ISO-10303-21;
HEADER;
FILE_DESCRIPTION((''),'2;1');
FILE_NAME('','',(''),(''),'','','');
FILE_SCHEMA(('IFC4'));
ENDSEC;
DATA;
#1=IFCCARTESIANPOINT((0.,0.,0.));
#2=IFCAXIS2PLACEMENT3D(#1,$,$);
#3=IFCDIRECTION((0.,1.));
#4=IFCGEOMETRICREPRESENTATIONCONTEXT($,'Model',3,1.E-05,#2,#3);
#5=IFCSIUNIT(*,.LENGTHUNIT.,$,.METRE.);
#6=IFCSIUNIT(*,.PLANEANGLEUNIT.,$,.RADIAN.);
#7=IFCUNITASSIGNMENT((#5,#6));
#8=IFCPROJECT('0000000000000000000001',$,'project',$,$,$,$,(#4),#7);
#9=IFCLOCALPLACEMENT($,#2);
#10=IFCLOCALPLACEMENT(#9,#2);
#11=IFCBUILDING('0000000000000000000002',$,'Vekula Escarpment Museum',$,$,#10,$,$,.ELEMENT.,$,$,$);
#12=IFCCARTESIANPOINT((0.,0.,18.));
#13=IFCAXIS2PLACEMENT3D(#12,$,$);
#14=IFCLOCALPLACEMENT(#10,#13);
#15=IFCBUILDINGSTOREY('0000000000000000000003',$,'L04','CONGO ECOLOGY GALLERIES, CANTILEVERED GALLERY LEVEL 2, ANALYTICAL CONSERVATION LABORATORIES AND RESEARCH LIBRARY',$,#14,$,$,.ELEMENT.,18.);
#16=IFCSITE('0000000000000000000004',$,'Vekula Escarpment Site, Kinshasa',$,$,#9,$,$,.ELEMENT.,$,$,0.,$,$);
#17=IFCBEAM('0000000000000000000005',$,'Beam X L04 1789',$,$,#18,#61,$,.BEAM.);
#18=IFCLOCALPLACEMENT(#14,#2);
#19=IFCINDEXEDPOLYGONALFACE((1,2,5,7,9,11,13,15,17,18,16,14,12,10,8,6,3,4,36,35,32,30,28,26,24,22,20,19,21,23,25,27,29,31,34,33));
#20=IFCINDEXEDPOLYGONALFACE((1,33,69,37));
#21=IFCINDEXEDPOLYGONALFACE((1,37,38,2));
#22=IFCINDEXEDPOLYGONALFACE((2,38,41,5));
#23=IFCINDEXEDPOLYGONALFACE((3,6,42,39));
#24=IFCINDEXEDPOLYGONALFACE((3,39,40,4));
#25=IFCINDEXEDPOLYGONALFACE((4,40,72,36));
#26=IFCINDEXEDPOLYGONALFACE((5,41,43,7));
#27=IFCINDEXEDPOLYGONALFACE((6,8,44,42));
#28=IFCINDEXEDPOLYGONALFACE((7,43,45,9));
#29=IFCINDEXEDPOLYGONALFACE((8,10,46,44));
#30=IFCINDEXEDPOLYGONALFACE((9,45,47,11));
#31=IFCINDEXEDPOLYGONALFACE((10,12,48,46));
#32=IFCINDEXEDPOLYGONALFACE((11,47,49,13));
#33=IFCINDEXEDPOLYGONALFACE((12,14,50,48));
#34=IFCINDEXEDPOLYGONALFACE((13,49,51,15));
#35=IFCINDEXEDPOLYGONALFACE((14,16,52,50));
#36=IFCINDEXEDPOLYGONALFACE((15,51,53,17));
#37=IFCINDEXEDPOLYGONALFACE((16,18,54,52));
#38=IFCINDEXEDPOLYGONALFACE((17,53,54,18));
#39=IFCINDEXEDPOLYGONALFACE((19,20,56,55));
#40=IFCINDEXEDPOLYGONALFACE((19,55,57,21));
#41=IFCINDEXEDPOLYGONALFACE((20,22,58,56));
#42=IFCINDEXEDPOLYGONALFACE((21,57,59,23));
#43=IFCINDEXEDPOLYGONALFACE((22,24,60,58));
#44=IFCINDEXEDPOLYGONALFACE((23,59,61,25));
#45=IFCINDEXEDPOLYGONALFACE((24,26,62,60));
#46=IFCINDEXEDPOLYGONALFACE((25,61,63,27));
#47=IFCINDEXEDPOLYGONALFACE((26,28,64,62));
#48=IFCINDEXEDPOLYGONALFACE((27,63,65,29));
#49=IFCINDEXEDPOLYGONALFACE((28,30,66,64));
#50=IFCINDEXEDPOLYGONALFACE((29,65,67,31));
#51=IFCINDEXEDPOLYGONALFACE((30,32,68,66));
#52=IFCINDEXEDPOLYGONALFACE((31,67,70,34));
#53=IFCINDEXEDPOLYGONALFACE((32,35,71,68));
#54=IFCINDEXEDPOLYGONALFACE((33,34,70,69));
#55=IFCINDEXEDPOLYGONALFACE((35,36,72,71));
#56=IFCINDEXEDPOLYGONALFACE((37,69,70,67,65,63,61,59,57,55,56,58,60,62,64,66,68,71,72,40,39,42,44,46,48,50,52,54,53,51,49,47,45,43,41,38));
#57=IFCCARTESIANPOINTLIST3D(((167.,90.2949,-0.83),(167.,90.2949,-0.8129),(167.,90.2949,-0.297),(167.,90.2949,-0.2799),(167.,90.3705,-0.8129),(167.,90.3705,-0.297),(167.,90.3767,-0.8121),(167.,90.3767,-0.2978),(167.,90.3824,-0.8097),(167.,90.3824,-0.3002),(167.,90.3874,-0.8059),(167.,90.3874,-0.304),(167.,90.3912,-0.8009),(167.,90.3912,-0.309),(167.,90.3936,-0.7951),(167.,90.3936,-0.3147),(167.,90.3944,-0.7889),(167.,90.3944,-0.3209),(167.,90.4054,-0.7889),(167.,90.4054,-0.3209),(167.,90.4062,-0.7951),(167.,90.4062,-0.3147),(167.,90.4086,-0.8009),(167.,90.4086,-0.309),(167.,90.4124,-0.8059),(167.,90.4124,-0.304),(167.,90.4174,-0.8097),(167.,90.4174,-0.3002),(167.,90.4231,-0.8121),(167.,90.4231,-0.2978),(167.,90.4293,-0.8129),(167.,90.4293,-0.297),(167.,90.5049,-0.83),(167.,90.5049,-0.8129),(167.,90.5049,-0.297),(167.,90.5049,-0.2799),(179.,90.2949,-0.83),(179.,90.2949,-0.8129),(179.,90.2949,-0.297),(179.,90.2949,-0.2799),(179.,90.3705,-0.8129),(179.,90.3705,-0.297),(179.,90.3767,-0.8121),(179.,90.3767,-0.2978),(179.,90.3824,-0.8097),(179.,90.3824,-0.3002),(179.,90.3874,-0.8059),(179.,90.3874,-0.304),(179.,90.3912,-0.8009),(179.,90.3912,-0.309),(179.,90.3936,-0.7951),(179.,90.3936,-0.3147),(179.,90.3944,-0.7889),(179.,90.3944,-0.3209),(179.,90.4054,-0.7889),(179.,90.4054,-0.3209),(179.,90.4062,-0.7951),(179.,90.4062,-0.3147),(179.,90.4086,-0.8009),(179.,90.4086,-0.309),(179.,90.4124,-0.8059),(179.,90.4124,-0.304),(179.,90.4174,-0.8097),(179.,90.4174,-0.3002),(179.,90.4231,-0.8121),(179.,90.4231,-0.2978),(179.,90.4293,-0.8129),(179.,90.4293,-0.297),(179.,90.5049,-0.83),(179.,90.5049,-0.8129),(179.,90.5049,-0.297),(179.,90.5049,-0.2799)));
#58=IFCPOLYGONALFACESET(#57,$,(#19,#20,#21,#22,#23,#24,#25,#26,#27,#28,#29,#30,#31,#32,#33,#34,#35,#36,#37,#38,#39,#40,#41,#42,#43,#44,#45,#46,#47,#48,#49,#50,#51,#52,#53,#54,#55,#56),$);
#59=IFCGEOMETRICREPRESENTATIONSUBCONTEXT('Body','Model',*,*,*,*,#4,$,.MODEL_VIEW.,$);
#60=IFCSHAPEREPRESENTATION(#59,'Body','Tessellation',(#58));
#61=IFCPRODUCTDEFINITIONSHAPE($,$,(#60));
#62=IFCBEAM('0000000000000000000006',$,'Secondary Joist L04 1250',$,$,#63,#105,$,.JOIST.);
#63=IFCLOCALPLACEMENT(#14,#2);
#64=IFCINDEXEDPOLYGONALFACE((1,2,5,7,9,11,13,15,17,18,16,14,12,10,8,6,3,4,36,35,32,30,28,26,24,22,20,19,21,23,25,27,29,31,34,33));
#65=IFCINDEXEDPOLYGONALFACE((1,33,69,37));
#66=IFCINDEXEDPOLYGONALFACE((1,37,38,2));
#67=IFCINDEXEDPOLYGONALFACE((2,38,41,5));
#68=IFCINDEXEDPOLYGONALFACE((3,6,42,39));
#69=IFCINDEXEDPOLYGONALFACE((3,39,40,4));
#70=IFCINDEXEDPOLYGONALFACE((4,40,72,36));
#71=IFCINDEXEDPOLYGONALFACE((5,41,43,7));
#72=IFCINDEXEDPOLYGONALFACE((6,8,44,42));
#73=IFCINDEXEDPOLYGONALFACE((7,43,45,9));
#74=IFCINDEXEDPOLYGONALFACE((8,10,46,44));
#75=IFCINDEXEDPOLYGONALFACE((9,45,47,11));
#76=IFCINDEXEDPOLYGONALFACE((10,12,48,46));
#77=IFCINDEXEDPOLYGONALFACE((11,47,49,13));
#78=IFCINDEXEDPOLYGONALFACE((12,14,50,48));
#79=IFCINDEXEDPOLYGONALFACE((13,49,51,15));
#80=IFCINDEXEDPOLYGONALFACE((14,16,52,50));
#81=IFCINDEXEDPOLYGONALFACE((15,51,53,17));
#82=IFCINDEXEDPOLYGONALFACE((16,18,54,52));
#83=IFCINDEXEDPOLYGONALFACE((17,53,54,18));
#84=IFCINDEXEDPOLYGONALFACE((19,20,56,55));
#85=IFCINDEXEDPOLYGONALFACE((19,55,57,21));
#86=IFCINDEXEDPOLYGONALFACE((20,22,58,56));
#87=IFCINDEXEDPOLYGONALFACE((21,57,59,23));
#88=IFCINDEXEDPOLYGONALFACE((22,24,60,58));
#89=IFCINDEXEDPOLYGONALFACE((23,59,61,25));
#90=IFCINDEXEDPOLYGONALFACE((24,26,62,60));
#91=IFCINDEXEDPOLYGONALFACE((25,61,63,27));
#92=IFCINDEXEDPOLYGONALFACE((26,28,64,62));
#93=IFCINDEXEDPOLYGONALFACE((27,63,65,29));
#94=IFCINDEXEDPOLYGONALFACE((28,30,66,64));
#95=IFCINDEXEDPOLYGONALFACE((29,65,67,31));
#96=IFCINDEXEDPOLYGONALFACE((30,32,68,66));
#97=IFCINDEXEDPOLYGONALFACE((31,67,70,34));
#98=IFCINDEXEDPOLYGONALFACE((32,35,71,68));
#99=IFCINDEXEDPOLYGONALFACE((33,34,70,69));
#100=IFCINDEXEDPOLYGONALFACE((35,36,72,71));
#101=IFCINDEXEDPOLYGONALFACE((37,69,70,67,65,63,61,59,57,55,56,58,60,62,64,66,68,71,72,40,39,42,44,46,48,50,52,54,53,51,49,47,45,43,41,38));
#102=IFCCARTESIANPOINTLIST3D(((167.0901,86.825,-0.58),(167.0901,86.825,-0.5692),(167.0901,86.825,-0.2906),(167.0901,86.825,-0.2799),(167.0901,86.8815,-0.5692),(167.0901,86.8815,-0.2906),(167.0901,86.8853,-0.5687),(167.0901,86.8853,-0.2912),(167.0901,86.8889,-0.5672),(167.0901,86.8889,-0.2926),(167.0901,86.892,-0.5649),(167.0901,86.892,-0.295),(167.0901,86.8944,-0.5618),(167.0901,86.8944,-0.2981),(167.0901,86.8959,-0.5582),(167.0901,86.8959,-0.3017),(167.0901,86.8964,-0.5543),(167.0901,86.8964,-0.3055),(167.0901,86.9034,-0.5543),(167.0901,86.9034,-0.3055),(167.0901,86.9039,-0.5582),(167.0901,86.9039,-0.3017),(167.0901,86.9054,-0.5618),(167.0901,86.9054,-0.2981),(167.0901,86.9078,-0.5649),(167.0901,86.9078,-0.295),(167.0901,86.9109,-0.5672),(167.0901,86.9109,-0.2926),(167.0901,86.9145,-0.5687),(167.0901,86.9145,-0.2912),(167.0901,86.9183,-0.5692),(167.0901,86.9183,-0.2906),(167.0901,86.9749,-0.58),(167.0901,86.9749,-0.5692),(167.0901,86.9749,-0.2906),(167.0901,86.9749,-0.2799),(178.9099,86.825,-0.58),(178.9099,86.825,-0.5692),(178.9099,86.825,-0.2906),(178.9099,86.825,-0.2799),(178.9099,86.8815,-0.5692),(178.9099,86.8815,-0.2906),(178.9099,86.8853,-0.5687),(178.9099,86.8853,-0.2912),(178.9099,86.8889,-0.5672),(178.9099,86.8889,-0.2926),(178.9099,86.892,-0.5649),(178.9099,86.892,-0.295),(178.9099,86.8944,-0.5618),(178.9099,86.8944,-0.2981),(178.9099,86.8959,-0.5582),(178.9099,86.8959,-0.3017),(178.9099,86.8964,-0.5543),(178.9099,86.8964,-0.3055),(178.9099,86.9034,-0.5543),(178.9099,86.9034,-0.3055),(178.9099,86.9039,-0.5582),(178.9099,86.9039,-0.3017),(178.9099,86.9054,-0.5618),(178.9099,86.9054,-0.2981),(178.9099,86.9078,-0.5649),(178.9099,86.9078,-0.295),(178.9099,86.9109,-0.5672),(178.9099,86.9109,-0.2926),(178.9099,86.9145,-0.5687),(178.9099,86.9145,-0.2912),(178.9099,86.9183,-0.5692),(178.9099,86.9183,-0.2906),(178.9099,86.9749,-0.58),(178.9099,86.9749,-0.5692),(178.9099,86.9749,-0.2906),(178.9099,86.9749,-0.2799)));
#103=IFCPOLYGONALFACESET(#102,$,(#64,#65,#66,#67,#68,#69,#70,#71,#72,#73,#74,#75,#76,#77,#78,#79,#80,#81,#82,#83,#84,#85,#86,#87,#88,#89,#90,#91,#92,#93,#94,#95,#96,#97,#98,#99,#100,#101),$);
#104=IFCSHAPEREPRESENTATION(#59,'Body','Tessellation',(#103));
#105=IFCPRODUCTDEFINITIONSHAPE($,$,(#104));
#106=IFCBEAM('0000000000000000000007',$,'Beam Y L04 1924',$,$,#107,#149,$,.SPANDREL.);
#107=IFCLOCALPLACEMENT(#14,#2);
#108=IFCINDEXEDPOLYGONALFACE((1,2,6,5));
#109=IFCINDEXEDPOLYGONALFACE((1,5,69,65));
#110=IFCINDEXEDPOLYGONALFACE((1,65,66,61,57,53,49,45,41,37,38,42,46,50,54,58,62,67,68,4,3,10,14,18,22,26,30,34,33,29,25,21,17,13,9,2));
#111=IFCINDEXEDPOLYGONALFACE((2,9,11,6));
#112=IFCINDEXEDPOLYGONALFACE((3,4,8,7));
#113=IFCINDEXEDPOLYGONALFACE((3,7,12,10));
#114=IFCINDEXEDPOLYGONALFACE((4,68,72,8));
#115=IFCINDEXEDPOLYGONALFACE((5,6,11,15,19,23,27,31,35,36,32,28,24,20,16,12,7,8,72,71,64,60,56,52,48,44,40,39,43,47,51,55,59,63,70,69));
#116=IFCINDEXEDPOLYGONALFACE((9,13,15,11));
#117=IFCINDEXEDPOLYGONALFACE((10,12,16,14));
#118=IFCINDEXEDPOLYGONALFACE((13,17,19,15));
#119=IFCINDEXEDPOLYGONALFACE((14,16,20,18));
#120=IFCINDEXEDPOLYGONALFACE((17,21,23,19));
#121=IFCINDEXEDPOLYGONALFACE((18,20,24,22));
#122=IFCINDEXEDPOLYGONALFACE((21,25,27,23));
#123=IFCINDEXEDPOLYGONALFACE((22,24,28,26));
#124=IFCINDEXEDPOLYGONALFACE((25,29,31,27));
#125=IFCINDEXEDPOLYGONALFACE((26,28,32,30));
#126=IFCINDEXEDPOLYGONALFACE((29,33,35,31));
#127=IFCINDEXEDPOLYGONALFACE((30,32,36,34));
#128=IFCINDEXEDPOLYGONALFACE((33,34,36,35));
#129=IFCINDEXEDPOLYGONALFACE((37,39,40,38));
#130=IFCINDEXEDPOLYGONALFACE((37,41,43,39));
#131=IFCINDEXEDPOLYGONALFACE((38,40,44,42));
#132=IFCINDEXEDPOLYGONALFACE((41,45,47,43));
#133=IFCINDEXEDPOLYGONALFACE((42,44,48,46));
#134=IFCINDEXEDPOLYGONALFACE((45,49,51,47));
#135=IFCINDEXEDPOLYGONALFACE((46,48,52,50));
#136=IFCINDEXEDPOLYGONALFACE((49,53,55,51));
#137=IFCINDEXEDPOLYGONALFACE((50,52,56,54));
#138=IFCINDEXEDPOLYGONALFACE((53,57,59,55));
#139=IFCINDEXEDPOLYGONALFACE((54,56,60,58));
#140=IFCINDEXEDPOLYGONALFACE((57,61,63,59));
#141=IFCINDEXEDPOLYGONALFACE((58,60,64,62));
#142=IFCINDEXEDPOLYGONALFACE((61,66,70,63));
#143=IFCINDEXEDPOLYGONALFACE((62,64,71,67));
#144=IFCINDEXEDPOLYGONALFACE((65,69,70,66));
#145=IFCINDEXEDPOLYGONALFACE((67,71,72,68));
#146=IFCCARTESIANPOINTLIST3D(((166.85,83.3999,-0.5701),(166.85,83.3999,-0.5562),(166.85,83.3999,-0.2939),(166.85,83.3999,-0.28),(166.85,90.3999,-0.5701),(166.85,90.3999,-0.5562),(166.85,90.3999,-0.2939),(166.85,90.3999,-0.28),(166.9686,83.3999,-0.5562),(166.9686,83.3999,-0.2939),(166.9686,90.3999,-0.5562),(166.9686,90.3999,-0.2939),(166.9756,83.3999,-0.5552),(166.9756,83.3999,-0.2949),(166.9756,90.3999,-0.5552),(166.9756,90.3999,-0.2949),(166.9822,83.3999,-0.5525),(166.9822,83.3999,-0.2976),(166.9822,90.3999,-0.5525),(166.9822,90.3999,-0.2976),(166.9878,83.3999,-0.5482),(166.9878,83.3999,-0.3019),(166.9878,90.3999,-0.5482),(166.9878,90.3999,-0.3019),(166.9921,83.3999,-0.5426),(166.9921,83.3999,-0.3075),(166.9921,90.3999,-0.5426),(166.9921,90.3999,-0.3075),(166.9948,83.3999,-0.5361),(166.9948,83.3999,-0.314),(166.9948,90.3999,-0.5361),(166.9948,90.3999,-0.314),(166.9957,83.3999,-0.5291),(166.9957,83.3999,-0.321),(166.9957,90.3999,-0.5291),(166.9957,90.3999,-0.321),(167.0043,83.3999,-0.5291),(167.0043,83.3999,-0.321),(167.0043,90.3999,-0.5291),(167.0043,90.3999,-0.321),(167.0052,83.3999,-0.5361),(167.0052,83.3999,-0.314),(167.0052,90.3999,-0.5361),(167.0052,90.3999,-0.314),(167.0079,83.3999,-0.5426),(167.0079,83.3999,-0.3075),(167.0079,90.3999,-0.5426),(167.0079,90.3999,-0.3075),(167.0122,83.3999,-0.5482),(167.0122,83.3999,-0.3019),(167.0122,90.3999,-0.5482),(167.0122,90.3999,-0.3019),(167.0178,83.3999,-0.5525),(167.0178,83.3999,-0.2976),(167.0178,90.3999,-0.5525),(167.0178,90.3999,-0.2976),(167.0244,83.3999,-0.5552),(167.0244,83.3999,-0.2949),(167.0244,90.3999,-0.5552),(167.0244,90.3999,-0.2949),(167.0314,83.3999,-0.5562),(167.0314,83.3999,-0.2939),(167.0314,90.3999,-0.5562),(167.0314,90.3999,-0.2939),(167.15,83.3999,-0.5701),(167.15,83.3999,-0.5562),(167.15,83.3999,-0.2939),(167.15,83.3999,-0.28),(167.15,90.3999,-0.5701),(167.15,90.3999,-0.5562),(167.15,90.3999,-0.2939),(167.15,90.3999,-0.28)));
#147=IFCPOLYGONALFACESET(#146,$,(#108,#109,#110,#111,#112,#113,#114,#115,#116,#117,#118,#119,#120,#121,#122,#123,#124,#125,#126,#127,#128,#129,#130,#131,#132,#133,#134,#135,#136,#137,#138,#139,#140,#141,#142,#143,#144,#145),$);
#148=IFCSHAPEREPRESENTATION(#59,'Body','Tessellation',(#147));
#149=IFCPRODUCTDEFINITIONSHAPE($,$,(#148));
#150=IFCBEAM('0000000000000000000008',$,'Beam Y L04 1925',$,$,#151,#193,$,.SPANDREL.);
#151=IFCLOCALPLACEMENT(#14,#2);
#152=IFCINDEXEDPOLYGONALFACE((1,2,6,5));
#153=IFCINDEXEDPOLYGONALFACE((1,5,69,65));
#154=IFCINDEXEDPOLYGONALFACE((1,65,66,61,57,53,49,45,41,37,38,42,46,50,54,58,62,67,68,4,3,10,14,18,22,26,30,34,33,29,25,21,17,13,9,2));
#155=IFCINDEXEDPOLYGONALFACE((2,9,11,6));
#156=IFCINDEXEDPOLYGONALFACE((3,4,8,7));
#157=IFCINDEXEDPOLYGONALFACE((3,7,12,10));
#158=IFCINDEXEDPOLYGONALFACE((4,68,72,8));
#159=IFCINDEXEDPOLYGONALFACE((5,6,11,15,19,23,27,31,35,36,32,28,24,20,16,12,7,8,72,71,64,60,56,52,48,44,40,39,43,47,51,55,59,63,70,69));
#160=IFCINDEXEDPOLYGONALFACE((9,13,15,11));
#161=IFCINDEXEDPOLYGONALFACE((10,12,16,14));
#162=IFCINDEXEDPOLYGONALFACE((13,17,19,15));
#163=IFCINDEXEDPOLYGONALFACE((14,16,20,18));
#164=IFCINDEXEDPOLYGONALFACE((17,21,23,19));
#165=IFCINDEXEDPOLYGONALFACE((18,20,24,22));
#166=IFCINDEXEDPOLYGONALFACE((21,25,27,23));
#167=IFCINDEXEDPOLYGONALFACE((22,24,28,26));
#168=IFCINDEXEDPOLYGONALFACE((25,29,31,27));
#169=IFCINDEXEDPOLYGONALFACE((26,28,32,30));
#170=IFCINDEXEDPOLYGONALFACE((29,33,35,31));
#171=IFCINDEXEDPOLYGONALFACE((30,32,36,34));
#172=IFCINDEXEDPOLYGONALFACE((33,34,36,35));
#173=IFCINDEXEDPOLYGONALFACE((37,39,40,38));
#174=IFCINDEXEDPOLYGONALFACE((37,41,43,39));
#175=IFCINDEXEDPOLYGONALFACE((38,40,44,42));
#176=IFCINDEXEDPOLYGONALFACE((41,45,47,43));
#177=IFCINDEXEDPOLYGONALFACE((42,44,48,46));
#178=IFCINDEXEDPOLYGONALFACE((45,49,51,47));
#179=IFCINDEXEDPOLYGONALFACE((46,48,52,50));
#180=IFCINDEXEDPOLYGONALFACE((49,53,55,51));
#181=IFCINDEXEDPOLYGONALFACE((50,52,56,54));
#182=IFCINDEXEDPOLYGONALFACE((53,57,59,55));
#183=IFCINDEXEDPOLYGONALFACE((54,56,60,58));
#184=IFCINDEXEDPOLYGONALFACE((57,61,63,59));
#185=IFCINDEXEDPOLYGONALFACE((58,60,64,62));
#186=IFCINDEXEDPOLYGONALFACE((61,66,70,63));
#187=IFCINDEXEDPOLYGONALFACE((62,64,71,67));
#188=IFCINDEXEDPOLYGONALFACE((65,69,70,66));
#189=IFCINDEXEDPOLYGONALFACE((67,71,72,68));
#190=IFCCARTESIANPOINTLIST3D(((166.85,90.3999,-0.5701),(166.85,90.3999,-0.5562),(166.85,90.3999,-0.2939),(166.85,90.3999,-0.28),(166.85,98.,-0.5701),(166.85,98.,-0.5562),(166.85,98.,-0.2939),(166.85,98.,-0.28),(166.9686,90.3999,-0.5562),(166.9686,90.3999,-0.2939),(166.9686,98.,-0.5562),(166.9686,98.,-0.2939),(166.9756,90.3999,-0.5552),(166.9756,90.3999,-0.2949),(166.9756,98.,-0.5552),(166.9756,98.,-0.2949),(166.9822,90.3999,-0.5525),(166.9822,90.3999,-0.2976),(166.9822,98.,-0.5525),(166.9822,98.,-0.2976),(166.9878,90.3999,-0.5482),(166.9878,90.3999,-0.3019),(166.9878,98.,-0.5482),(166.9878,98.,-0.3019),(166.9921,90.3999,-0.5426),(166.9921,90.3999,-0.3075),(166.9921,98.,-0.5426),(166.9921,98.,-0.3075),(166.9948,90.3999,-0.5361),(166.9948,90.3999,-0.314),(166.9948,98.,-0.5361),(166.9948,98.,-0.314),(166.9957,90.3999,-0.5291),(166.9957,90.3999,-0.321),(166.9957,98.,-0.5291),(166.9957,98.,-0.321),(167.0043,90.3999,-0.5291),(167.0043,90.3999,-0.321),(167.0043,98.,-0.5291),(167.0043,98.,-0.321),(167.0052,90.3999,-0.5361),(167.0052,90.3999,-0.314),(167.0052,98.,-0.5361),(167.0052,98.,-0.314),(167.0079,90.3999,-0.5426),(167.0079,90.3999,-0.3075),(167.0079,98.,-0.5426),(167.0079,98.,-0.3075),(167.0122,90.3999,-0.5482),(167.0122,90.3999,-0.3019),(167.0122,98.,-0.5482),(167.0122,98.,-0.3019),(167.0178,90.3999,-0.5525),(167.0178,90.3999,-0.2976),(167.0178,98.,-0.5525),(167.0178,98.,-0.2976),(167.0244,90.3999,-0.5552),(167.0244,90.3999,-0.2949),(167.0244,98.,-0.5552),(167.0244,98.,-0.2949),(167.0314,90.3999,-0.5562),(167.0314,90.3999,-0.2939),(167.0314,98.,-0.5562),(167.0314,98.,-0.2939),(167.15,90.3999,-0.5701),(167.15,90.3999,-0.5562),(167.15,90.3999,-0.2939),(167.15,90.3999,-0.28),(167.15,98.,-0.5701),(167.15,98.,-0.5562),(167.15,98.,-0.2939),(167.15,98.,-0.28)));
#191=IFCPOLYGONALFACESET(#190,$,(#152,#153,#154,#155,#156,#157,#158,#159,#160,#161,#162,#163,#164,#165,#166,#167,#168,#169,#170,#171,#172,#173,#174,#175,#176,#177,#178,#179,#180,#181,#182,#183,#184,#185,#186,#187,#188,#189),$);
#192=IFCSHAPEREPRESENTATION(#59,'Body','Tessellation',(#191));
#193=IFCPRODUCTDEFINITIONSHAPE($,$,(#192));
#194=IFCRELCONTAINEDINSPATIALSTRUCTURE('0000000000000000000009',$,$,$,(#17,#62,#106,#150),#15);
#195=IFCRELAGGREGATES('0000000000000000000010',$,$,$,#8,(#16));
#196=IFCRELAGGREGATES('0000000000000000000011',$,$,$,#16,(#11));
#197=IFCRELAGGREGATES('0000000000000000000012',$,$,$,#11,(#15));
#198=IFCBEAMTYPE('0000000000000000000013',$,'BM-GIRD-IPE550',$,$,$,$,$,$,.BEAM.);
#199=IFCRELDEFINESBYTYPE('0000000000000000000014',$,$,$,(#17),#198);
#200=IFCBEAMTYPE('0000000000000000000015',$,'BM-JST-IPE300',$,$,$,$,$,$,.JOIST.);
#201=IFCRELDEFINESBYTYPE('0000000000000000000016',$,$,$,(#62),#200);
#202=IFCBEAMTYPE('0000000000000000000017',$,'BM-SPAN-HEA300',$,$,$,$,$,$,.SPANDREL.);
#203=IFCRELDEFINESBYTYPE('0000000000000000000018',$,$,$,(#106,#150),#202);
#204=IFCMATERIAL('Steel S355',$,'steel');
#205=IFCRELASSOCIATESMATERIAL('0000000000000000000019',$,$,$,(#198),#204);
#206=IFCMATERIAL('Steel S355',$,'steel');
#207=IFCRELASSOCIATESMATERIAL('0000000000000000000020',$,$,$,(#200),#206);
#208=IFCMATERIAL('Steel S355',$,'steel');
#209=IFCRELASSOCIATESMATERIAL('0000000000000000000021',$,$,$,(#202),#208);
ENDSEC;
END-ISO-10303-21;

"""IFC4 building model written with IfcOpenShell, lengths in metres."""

from ifc_helpers import new_model, si_unit, direction, frame, origin, origin_2d, place, context, subcontext, project, spatial, i_section, extrude, material, material_profile, profile_set, type_object, element, save


model = new_model("IFC4")

# Units and contexts
model_context = context("Model", 3, precision=1e-05, world=origin(), true_north=direction((0.0, 1.0)))
body_context = subcontext(model_context, "Body", "Model", "MODEL_VIEW")
ifc_project = project(units=[si_unit("LENGTHUNIT", "METRE"), si_unit("PLANEANGLEUNIT", "RADIAN")], contexts=[model_context])

# Site, building, storey
site_placement = place(None, origin())
site = spatial("IfcSite", under=ifc_project, at=site_placement, Name="Vekula Escarpment Site, Kinshasa", CompositionType="ELEMENT", RefElevation=0.0)
building_placement = place(site_placement, origin())
building = spatial("IfcBuilding", under=site, at=building_placement, Name="Vekula Escarpment Museum", CompositionType="ELEMENT")
storey_placement = place(building_placement, frame((0.0, 0.0, 18.0)))
storey = spatial("IfcBuildingStorey", under=building, at=storey_placement, Name="L04", Description="CONGO ECOLOGY GALLERIES, CANTILEVERED GALLERY LEVEL 2, ANALYTICAL CONSERVATION LABORATORIES AND RESEARCH LIBRARY", CompositionType="ELEMENT", Elevation=18.0)

# Beams
ifc_material_1 = material(Name="Steel S355", Category="steel")
ifc_material_profile_1 = material_profile(ifc_material_1, i_section(OverallWidth=0.21, OverallDepth=0.55, WebThickness=0.011, FlangeThickness=0.0171, FilletRadius=0.0239, at=origin_2d()), Name="IPE 550")
ifc_profile_set_1 = profile_set([ifc_material_profile_1], Name="Steel S355")
beam_type_1 = type_object("IfcBeamType", Name="BM-GIRD-IPE550", PredefinedType="BEAM", material=ifc_profile_set_1)
for number, where, z_axis, x_axis, name in (
    (1, (167.0, 90.3999, -0.5549), (1.0, 0.0, 0.0), (0.0, 1.0, 0.0), "Beam X L04 1789"),
):
    element("IfcBeam", number, at=place(storey_placement, frame(where, z_axis=z_axis, x_axis=x_axis)), inside=storey, type_object=beam_type_1, Name=name, PredefinedType="BEAM", context=body_context, shape_type="SweptSolid", body=[
        extrude(i_section(OverallWidth=0.21, OverallDepth=0.55, WebThickness=0.011, FlangeThickness=0.0171, FilletRadius=0.0239, at=origin_2d()), origin(), (0.0, 0.0, 1.0), 12.0),
    ])
ifc_material_2 = material(Name="Steel S355", Category="steel")
ifc_material_profile_2 = material_profile(ifc_material_2, i_section(OverallWidth=0.1499, OverallDepth=0.3, WebThickness=0.0071, FlangeThickness=0.0107, FilletRadius=0.0149, at=origin_2d()), Name="IPE 300")
ifc_profile_set_2 = profile_set([ifc_material_profile_2], Name="Steel S355")
beam_type_2 = type_object("IfcBeamType", Name="BM-JST-IPE300", PredefinedType="JOIST", material=ifc_profile_set_2)
beam_1_placement = place(storey_placement, frame((167.0901, 86.8999, -0.4299), z_axis=(1.0, 0.0, 0.0), x_axis=(0.0, 1.0, 0.0)))
element("IfcBeam", 2, at=beam_1_placement, inside=storey, type_object=beam_type_2, Name="Secondary Joist L04 1250", PredefinedType="JOIST", context=body_context, shape_type="SweptSolid", body=[
    extrude(i_section(OverallWidth=0.1499, OverallDepth=0.3, WebThickness=0.0071, FlangeThickness=0.0107, FilletRadius=0.0149, at=origin_2d()), origin(), (0.0, 0.0, 1.0), 11.8198),
])
ifc_material_3 = material(Name="Steel S355", Category="steel")
ifc_material_profile_3 = material_profile(ifc_material_3, i_section(OverallWidth=0.3, OverallDepth=0.29, WebThickness=0.0085, FlangeThickness=0.0139, FilletRadius=0.0271, at=origin_2d()), Name="HEA 300")
ifc_profile_set_3 = profile_set([ifc_material_profile_3], Name="Steel S355")
beam_type_3 = type_object("IfcBeamType", Name="BM-SPAN-HEA300", PredefinedType="SPANDREL", material=ifc_profile_set_3)
beam_2_placement = place(storey_placement, frame((167.0, 83.3999, -0.425), z_axis=(0.0, 1.0, 0.0), x_axis=(-1.0, 0.0, 0.0)))
element("IfcBeam", 3, at=beam_2_placement, inside=storey, type_object=beam_type_3, Name="Beam Y L04 1924", PredefinedType="SPANDREL", context=body_context, shape_type="SweptSolid", body=[
    extrude(i_section(OverallWidth=0.3, OverallDepth=0.29, WebThickness=0.0085, FlangeThickness=0.0139, FilletRadius=0.0271, at=origin_2d()), origin(), (0.0, 0.0, 1.0), 7.0),
])
beam_3_placement = place(storey_placement, frame((167.0, 90.3999, -0.425), z_axis=(0.0, 1.0, 0.0), x_axis=(-1.0, 0.0, 0.0)))
element("IfcBeam", 4, at=beam_3_placement, inside=storey, type_object=beam_type_3, Name="Beam Y L04 1925", PredefinedType="SPANDREL", context=body_context, shape_type="SweptSolid", body=[
    extrude(i_section(OverallWidth=0.3, OverallDepth=0.29, WebThickness=0.0085, FlangeThickness=0.0139, FilletRadius=0.0271, at=origin_2d()), origin(), (0.0, 0.0, 1.0), 7.6001),
])

save(model, "model.ifc")
